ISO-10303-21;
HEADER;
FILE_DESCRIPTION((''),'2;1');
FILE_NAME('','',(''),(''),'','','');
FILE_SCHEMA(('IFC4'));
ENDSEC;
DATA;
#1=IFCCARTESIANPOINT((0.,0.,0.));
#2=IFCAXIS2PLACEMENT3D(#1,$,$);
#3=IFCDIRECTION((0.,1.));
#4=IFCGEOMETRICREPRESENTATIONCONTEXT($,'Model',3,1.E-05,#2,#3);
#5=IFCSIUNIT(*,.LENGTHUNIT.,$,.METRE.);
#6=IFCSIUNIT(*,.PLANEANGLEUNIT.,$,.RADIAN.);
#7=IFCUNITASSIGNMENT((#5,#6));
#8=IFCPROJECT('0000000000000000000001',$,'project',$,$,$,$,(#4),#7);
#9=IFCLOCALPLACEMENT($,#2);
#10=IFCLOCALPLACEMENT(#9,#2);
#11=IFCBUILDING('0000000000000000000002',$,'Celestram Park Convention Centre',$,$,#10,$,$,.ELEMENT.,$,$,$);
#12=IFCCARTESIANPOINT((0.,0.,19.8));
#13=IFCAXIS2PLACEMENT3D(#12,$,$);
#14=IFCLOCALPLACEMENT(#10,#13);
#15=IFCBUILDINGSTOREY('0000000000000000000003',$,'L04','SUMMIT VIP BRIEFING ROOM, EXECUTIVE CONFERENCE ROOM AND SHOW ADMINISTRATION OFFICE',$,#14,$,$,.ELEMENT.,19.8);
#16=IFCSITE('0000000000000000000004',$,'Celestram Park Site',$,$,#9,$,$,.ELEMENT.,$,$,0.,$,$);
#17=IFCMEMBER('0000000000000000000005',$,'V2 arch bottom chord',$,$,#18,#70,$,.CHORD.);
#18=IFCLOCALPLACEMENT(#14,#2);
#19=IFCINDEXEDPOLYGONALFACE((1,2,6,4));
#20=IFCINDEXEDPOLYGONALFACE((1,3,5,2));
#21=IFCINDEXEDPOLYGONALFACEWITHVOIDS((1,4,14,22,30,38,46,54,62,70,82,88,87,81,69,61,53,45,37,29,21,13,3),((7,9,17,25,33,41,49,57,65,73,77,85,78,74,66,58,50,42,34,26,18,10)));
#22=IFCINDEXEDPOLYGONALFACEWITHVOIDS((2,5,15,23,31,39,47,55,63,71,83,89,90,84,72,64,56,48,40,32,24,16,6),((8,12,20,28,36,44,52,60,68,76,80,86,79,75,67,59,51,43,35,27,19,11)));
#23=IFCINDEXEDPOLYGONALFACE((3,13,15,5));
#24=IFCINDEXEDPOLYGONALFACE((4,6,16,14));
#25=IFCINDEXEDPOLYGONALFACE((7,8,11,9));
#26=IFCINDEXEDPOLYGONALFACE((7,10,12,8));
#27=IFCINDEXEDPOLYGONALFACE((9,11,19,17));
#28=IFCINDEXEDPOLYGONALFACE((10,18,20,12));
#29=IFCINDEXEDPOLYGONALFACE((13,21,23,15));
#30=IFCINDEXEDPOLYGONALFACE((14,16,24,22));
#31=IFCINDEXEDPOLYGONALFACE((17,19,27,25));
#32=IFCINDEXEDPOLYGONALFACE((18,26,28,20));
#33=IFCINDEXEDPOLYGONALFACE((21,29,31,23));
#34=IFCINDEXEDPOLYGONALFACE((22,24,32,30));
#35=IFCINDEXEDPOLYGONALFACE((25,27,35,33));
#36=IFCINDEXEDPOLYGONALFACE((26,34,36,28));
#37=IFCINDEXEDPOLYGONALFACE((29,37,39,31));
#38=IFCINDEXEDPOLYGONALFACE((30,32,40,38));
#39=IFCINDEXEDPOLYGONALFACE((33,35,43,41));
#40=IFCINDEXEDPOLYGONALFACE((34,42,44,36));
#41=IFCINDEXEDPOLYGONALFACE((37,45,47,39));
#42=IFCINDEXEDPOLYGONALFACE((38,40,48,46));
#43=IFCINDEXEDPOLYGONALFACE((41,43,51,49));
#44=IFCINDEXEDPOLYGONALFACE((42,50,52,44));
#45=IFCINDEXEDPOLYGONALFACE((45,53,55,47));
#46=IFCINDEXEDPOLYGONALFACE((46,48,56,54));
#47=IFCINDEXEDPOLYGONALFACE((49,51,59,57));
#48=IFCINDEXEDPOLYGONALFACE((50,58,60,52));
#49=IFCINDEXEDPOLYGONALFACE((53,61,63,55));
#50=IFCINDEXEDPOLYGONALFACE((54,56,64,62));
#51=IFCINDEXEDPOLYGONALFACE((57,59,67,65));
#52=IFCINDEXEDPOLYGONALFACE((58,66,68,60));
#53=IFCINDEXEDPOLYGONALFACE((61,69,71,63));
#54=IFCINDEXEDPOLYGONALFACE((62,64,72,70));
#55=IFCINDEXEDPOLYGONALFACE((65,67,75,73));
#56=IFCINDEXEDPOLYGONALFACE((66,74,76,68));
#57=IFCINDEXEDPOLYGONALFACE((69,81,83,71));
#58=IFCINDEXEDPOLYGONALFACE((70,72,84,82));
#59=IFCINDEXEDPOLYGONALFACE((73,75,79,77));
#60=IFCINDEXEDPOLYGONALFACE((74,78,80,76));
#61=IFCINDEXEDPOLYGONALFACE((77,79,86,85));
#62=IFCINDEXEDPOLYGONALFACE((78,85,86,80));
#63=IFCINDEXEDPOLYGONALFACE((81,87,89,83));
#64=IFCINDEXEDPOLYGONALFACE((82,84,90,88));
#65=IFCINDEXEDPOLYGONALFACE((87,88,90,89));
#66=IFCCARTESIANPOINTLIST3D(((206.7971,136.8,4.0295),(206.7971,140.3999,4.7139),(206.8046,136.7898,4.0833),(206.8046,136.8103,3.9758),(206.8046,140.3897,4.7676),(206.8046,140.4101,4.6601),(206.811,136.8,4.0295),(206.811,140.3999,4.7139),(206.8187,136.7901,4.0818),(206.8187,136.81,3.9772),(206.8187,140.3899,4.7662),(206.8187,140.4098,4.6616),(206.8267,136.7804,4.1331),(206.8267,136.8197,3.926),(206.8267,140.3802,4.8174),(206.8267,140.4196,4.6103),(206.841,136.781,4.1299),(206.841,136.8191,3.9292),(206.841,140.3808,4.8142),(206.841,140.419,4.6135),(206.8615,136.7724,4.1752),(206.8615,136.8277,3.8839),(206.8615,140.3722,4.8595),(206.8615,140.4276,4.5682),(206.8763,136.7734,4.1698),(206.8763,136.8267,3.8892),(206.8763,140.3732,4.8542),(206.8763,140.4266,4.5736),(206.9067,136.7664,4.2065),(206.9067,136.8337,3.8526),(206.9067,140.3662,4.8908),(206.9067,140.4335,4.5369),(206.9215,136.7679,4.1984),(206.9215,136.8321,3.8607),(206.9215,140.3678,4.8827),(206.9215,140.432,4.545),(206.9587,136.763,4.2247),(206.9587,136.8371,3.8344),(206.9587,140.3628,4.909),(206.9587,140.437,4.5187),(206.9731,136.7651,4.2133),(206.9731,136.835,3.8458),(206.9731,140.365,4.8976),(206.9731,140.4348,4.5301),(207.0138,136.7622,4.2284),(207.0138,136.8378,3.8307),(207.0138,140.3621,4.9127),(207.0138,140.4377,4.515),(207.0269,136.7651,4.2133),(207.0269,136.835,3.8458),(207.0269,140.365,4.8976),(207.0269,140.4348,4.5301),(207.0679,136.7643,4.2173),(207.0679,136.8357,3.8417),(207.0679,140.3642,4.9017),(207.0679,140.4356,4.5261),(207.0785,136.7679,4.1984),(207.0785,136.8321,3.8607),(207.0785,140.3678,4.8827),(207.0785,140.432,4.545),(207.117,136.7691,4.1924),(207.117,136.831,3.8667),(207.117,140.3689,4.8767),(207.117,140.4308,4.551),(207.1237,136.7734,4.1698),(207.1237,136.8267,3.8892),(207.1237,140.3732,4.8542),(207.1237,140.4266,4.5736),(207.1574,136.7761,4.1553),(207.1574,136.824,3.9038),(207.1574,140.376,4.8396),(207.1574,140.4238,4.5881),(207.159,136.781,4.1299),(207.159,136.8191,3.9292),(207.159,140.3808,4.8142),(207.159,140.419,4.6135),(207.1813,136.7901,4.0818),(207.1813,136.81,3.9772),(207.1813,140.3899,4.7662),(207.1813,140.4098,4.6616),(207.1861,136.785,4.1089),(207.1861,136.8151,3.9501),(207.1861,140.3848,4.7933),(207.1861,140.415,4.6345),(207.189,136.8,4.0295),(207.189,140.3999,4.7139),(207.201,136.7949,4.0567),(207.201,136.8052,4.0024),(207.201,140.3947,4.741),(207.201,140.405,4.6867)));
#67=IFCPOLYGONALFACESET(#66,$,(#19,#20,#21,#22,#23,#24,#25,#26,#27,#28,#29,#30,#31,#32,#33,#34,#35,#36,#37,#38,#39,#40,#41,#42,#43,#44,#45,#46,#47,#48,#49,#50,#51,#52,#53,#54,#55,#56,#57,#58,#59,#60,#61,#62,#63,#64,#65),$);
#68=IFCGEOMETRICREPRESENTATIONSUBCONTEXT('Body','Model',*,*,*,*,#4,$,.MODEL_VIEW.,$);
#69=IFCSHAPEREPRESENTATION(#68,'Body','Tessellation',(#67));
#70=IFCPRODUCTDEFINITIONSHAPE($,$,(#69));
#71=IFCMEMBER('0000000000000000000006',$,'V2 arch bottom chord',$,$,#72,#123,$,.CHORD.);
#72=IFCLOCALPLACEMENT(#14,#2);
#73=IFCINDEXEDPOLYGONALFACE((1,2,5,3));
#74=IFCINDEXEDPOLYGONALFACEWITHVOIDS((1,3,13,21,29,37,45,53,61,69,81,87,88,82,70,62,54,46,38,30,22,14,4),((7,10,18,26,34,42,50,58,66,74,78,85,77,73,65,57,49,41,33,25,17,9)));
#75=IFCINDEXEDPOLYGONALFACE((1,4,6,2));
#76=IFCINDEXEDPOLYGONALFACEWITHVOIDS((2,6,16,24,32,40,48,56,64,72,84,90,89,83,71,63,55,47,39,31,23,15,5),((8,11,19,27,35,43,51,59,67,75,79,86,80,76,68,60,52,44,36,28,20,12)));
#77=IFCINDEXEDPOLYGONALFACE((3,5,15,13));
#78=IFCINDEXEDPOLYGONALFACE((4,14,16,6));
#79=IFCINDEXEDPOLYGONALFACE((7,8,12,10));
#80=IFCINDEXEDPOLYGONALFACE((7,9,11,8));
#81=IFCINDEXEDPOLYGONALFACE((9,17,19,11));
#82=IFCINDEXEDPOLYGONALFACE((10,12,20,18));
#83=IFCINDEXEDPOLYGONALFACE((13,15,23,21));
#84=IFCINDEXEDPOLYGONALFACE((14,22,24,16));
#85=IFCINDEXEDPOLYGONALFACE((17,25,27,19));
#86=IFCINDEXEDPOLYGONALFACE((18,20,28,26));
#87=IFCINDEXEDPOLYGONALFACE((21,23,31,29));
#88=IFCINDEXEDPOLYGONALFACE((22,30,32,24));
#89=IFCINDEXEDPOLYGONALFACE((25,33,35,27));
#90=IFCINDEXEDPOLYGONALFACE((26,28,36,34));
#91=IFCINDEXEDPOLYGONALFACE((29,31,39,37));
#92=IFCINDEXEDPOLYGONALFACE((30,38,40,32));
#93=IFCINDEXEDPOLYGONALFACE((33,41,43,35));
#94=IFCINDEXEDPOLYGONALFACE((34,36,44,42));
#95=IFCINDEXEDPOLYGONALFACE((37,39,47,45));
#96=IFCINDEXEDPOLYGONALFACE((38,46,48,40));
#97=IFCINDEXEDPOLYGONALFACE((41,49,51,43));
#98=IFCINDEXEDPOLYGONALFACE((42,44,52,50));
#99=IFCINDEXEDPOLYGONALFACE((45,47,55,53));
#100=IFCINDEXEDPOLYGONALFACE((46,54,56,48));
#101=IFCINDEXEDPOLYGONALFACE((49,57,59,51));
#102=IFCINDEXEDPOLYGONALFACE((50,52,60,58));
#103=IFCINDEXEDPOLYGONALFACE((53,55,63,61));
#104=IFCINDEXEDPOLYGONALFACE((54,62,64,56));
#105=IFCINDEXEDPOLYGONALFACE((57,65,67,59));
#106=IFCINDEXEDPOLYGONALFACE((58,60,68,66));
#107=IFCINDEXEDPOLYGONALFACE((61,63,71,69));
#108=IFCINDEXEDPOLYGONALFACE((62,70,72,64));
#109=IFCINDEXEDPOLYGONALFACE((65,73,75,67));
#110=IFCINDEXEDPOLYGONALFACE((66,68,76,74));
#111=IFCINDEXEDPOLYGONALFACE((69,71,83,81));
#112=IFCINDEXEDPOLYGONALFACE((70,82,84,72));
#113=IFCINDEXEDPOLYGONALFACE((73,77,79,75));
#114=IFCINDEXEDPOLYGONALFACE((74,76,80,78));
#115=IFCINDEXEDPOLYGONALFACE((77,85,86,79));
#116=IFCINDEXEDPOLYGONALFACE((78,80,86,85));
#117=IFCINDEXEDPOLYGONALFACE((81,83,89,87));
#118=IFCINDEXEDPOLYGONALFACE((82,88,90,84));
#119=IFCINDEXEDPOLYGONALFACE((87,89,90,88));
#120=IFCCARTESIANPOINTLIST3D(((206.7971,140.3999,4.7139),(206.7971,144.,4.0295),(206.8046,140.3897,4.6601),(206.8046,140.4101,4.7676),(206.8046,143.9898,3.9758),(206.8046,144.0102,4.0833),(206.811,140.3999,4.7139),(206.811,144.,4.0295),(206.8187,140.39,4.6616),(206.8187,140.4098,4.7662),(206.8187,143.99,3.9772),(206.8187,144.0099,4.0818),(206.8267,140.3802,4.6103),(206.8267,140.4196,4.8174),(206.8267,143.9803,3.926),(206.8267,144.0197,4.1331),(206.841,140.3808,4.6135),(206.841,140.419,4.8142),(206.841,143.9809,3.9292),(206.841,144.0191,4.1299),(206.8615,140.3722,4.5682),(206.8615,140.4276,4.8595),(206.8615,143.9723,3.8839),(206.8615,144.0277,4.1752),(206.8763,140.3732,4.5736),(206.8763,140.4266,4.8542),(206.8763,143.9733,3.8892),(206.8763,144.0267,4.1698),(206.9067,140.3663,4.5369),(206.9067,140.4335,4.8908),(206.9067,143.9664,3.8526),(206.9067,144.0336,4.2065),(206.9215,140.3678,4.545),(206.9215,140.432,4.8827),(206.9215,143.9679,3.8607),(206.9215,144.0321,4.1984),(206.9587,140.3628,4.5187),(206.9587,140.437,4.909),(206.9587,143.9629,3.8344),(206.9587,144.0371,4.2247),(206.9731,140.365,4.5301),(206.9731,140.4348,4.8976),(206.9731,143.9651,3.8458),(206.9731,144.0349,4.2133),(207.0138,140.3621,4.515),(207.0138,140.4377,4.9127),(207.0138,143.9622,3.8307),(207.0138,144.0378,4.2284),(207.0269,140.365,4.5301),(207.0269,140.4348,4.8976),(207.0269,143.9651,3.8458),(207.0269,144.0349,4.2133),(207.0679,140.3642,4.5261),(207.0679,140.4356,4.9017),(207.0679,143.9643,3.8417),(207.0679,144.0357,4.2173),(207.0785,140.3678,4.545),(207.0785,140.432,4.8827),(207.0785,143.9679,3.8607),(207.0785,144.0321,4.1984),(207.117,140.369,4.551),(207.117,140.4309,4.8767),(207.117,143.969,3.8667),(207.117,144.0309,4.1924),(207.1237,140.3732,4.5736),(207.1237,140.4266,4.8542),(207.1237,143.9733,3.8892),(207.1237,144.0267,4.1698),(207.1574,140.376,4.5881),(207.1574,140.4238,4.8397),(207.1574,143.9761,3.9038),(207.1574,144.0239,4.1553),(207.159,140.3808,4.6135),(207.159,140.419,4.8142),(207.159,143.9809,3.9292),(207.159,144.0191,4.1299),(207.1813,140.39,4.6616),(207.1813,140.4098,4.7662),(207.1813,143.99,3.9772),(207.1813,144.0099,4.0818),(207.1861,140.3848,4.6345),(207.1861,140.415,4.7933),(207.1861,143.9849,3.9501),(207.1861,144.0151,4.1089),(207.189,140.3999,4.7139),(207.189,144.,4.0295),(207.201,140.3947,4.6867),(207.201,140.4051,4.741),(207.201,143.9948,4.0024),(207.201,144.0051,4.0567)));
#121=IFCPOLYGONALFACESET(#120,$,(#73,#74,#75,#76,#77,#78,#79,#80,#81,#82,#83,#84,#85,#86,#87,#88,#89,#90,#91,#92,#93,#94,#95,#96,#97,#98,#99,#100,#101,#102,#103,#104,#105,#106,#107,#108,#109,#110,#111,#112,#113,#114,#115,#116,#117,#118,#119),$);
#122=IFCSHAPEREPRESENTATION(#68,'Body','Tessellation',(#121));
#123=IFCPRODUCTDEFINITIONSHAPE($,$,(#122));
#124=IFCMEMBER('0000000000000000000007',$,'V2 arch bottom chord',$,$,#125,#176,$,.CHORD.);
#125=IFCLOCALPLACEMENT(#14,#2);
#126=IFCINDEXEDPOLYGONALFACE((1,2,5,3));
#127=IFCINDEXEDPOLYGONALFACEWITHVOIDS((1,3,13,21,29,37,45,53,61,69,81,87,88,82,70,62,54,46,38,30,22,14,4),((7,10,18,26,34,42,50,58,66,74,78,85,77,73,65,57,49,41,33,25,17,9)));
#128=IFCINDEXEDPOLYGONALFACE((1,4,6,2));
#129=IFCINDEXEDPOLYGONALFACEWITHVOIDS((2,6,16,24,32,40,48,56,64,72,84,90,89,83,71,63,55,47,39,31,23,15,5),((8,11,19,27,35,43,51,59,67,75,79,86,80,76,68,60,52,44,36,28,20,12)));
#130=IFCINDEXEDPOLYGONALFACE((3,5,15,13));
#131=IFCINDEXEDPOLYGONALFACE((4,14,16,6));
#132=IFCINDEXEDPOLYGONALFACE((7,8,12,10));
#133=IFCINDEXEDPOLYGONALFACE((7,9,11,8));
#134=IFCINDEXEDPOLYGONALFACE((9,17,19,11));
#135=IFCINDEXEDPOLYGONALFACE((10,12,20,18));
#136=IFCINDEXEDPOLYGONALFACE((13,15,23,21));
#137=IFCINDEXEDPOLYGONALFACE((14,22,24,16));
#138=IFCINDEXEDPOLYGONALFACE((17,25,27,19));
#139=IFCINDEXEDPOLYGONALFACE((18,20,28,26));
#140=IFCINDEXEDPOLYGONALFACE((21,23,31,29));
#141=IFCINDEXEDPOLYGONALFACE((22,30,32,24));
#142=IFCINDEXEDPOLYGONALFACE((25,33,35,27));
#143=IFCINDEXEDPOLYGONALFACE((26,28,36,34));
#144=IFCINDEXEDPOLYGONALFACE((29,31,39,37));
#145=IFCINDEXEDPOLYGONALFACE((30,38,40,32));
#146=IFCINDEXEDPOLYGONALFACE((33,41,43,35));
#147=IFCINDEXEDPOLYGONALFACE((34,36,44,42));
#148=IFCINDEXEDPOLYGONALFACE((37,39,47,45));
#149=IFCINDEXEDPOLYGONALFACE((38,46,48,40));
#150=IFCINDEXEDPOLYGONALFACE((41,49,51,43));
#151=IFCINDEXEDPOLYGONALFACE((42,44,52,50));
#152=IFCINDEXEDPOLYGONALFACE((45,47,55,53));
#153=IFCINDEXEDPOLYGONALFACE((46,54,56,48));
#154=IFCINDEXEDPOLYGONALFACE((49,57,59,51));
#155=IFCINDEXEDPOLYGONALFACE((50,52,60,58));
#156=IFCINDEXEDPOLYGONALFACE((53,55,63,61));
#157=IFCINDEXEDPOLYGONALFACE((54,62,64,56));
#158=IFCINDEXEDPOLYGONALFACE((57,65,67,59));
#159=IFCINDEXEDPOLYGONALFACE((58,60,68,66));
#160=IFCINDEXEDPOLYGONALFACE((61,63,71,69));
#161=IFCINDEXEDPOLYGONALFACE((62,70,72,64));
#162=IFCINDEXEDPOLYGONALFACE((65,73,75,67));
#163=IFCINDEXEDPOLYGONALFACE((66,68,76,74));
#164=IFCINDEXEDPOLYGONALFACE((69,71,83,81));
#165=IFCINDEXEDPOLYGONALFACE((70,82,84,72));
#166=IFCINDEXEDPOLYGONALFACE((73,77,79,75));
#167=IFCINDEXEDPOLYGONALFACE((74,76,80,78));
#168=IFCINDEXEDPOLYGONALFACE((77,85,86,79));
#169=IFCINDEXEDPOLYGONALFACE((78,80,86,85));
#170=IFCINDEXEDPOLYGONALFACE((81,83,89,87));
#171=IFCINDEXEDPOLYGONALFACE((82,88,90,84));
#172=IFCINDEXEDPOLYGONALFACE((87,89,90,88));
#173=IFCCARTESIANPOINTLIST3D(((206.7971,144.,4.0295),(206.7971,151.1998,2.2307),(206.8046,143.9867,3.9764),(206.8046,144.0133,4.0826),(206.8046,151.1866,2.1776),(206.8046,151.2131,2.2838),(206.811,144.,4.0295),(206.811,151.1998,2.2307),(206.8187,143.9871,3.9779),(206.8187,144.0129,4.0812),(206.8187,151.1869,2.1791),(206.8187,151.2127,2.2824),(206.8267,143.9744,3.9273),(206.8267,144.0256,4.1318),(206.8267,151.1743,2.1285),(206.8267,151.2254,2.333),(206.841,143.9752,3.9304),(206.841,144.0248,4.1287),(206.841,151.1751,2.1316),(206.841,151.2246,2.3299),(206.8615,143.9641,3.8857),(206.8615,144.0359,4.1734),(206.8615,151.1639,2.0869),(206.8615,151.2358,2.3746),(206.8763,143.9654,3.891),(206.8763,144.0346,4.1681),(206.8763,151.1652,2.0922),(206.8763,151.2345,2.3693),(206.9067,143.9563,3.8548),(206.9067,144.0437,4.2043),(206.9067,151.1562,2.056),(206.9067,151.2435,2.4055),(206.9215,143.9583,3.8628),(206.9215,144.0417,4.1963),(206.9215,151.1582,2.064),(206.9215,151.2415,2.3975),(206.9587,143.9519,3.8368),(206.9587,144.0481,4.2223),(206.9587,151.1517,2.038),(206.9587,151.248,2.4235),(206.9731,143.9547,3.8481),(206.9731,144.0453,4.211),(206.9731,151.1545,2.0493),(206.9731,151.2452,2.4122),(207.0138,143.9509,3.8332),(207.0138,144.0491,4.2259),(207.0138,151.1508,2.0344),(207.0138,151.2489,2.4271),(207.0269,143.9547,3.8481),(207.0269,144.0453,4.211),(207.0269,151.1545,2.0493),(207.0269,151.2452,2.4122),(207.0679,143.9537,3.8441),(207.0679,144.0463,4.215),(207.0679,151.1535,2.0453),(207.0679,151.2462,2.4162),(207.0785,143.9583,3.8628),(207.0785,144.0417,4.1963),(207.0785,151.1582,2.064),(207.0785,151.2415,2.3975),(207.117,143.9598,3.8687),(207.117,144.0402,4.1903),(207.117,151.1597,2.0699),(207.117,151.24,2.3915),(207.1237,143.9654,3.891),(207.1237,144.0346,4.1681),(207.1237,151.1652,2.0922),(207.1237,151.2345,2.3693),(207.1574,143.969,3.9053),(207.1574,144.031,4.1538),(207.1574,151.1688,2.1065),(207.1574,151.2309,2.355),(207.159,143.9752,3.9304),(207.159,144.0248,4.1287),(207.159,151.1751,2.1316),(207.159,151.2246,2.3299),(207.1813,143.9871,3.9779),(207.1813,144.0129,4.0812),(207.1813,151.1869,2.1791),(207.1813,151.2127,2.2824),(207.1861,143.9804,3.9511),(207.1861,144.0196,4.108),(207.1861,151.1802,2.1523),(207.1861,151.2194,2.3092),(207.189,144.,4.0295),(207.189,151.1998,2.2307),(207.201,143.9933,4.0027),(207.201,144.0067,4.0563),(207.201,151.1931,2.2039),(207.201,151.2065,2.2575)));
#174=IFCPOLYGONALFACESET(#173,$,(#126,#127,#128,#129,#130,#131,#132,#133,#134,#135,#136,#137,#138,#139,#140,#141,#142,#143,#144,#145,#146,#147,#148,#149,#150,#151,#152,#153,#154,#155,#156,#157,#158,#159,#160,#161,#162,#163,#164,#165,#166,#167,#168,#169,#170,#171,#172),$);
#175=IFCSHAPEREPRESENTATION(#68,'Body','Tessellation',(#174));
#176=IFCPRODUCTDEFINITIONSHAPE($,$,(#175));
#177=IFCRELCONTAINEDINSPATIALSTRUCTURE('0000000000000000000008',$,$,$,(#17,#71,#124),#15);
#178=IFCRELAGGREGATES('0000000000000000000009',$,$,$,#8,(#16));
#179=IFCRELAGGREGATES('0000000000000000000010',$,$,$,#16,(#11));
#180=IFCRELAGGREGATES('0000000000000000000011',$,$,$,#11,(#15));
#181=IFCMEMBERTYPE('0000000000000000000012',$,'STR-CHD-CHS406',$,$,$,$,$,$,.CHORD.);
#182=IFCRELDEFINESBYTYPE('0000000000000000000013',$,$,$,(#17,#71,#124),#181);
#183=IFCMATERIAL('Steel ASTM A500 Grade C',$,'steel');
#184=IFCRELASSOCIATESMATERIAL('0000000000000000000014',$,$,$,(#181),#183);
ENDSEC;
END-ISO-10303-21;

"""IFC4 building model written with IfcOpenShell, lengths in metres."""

from ifc_helpers import new_model, si_unit, direction, frame, origin, origin_2d, place, context, subcontext, project, spatial, hollow_circle, extrude, material, material_profile, profile_set, type_object, element, save


model = new_model("IFC4")

# Units and contexts
model_context = context("Model", 3, precision=1e-05, world=origin(), true_north=direction((0.0, 1.0)))
body_context = subcontext(model_context, "Body", "Model", "MODEL_VIEW")
ifc_project = project(units=[si_unit("LENGTHUNIT", "METRE"), si_unit("PLANEANGLEUNIT", "RADIAN")], contexts=[model_context])

# Site, building, storey
site_placement = place(None, origin())
site = spatial("IfcSite", under=ifc_project, at=site_placement, Name="Celestram Park Site", CompositionType="ELEMENT", RefElevation=0.0)
building_placement = place(site_placement, origin())
building = spatial("IfcBuilding", under=site, at=building_placement, Name="Celestram Park Convention Centre", CompositionType="ELEMENT")
storey_placement = place(building_placement, frame((0.0, 0.0, 19.8)))
storey = spatial("IfcBuildingStorey", under=building, at=storey_placement, Name="L04", Description="SUMMIT VIP BRIEFING ROOM, EXECUTIVE CONFERENCE ROOM AND SHOW ADMINISTRATION OFFICE", CompositionType="ELEMENT", Elevation=19.8)

# Members
ifc_material_1 = material(Name="Steel ASTM A500 Grade C", Category="steel")
ifc_material_profile_1 = material_profile(ifc_material_1, hollow_circle(Radius=0.2029, WallThickness=0.0139, at=origin_2d()), Name="CHS406X14")
ifc_profile_set_1 = profile_set([ifc_material_profile_1], Name="Steel ASTM A500 Grade C")
member_type_1 = type_object("IfcMemberType", Name="STR-CHD-CHS406", PredefinedType="CHORD", material=ifc_profile_set_1)
member_1_placement = place(storey_placement, frame((207.0, 136.8, 4.0295), z_axis=(0.0, 0.982407, 0.186754), x_axis=(-1.0, 0.0, 0.0)))
element("IfcMember", 1, at=member_1_placement, inside=storey, type_object=member_type_1, Name="V2 arch bottom chord", PredefinedType="CHORD", context=body_context, shape_type="SweptSolid", body=[
    extrude(hollow_circle(Radius=0.2029, WallThickness=0.0139, at=origin_2d()), origin(), (0.0, 0.0, 1.0), 3.6643),
])
member_2_placement = place(storey_placement, frame((207.0, 140.3999, 4.7139), z_axis=(0.0, 0.982409, -0.186742), x_axis=(-1.0, 0.0, 0.0)))
element("IfcMember", 2, at=member_2_placement, inside=storey, type_object=member_type_1, Name="V2 arch bottom chord", PredefinedType="CHORD", context=body_context, shape_type="SweptSolid", body=[
    extrude(hollow_circle(Radius=0.2029, WallThickness=0.0139, at=origin_2d()), origin(), (0.0, 0.0, 1.0), 3.6646),
])
member_3_placement = place(storey_placement, frame((207.0, 144.0, 4.0295), z_axis=(0.0, 0.970179, -0.242389), x_axis=(-1.0, 0.0, 0.0)))
element("IfcMember", 3, at=member_3_placement, inside=storey, type_object=member_type_1, Name="V2 arch bottom chord", PredefinedType="CHORD", context=body_context, shape_type="SweptSolid", body=[
    extrude(hollow_circle(Radius=0.2029, WallThickness=0.0139, at=origin_2d()), origin(), (0.0, 0.0, 1.0), 7.4211),
])

save(model, "model.ifc")
